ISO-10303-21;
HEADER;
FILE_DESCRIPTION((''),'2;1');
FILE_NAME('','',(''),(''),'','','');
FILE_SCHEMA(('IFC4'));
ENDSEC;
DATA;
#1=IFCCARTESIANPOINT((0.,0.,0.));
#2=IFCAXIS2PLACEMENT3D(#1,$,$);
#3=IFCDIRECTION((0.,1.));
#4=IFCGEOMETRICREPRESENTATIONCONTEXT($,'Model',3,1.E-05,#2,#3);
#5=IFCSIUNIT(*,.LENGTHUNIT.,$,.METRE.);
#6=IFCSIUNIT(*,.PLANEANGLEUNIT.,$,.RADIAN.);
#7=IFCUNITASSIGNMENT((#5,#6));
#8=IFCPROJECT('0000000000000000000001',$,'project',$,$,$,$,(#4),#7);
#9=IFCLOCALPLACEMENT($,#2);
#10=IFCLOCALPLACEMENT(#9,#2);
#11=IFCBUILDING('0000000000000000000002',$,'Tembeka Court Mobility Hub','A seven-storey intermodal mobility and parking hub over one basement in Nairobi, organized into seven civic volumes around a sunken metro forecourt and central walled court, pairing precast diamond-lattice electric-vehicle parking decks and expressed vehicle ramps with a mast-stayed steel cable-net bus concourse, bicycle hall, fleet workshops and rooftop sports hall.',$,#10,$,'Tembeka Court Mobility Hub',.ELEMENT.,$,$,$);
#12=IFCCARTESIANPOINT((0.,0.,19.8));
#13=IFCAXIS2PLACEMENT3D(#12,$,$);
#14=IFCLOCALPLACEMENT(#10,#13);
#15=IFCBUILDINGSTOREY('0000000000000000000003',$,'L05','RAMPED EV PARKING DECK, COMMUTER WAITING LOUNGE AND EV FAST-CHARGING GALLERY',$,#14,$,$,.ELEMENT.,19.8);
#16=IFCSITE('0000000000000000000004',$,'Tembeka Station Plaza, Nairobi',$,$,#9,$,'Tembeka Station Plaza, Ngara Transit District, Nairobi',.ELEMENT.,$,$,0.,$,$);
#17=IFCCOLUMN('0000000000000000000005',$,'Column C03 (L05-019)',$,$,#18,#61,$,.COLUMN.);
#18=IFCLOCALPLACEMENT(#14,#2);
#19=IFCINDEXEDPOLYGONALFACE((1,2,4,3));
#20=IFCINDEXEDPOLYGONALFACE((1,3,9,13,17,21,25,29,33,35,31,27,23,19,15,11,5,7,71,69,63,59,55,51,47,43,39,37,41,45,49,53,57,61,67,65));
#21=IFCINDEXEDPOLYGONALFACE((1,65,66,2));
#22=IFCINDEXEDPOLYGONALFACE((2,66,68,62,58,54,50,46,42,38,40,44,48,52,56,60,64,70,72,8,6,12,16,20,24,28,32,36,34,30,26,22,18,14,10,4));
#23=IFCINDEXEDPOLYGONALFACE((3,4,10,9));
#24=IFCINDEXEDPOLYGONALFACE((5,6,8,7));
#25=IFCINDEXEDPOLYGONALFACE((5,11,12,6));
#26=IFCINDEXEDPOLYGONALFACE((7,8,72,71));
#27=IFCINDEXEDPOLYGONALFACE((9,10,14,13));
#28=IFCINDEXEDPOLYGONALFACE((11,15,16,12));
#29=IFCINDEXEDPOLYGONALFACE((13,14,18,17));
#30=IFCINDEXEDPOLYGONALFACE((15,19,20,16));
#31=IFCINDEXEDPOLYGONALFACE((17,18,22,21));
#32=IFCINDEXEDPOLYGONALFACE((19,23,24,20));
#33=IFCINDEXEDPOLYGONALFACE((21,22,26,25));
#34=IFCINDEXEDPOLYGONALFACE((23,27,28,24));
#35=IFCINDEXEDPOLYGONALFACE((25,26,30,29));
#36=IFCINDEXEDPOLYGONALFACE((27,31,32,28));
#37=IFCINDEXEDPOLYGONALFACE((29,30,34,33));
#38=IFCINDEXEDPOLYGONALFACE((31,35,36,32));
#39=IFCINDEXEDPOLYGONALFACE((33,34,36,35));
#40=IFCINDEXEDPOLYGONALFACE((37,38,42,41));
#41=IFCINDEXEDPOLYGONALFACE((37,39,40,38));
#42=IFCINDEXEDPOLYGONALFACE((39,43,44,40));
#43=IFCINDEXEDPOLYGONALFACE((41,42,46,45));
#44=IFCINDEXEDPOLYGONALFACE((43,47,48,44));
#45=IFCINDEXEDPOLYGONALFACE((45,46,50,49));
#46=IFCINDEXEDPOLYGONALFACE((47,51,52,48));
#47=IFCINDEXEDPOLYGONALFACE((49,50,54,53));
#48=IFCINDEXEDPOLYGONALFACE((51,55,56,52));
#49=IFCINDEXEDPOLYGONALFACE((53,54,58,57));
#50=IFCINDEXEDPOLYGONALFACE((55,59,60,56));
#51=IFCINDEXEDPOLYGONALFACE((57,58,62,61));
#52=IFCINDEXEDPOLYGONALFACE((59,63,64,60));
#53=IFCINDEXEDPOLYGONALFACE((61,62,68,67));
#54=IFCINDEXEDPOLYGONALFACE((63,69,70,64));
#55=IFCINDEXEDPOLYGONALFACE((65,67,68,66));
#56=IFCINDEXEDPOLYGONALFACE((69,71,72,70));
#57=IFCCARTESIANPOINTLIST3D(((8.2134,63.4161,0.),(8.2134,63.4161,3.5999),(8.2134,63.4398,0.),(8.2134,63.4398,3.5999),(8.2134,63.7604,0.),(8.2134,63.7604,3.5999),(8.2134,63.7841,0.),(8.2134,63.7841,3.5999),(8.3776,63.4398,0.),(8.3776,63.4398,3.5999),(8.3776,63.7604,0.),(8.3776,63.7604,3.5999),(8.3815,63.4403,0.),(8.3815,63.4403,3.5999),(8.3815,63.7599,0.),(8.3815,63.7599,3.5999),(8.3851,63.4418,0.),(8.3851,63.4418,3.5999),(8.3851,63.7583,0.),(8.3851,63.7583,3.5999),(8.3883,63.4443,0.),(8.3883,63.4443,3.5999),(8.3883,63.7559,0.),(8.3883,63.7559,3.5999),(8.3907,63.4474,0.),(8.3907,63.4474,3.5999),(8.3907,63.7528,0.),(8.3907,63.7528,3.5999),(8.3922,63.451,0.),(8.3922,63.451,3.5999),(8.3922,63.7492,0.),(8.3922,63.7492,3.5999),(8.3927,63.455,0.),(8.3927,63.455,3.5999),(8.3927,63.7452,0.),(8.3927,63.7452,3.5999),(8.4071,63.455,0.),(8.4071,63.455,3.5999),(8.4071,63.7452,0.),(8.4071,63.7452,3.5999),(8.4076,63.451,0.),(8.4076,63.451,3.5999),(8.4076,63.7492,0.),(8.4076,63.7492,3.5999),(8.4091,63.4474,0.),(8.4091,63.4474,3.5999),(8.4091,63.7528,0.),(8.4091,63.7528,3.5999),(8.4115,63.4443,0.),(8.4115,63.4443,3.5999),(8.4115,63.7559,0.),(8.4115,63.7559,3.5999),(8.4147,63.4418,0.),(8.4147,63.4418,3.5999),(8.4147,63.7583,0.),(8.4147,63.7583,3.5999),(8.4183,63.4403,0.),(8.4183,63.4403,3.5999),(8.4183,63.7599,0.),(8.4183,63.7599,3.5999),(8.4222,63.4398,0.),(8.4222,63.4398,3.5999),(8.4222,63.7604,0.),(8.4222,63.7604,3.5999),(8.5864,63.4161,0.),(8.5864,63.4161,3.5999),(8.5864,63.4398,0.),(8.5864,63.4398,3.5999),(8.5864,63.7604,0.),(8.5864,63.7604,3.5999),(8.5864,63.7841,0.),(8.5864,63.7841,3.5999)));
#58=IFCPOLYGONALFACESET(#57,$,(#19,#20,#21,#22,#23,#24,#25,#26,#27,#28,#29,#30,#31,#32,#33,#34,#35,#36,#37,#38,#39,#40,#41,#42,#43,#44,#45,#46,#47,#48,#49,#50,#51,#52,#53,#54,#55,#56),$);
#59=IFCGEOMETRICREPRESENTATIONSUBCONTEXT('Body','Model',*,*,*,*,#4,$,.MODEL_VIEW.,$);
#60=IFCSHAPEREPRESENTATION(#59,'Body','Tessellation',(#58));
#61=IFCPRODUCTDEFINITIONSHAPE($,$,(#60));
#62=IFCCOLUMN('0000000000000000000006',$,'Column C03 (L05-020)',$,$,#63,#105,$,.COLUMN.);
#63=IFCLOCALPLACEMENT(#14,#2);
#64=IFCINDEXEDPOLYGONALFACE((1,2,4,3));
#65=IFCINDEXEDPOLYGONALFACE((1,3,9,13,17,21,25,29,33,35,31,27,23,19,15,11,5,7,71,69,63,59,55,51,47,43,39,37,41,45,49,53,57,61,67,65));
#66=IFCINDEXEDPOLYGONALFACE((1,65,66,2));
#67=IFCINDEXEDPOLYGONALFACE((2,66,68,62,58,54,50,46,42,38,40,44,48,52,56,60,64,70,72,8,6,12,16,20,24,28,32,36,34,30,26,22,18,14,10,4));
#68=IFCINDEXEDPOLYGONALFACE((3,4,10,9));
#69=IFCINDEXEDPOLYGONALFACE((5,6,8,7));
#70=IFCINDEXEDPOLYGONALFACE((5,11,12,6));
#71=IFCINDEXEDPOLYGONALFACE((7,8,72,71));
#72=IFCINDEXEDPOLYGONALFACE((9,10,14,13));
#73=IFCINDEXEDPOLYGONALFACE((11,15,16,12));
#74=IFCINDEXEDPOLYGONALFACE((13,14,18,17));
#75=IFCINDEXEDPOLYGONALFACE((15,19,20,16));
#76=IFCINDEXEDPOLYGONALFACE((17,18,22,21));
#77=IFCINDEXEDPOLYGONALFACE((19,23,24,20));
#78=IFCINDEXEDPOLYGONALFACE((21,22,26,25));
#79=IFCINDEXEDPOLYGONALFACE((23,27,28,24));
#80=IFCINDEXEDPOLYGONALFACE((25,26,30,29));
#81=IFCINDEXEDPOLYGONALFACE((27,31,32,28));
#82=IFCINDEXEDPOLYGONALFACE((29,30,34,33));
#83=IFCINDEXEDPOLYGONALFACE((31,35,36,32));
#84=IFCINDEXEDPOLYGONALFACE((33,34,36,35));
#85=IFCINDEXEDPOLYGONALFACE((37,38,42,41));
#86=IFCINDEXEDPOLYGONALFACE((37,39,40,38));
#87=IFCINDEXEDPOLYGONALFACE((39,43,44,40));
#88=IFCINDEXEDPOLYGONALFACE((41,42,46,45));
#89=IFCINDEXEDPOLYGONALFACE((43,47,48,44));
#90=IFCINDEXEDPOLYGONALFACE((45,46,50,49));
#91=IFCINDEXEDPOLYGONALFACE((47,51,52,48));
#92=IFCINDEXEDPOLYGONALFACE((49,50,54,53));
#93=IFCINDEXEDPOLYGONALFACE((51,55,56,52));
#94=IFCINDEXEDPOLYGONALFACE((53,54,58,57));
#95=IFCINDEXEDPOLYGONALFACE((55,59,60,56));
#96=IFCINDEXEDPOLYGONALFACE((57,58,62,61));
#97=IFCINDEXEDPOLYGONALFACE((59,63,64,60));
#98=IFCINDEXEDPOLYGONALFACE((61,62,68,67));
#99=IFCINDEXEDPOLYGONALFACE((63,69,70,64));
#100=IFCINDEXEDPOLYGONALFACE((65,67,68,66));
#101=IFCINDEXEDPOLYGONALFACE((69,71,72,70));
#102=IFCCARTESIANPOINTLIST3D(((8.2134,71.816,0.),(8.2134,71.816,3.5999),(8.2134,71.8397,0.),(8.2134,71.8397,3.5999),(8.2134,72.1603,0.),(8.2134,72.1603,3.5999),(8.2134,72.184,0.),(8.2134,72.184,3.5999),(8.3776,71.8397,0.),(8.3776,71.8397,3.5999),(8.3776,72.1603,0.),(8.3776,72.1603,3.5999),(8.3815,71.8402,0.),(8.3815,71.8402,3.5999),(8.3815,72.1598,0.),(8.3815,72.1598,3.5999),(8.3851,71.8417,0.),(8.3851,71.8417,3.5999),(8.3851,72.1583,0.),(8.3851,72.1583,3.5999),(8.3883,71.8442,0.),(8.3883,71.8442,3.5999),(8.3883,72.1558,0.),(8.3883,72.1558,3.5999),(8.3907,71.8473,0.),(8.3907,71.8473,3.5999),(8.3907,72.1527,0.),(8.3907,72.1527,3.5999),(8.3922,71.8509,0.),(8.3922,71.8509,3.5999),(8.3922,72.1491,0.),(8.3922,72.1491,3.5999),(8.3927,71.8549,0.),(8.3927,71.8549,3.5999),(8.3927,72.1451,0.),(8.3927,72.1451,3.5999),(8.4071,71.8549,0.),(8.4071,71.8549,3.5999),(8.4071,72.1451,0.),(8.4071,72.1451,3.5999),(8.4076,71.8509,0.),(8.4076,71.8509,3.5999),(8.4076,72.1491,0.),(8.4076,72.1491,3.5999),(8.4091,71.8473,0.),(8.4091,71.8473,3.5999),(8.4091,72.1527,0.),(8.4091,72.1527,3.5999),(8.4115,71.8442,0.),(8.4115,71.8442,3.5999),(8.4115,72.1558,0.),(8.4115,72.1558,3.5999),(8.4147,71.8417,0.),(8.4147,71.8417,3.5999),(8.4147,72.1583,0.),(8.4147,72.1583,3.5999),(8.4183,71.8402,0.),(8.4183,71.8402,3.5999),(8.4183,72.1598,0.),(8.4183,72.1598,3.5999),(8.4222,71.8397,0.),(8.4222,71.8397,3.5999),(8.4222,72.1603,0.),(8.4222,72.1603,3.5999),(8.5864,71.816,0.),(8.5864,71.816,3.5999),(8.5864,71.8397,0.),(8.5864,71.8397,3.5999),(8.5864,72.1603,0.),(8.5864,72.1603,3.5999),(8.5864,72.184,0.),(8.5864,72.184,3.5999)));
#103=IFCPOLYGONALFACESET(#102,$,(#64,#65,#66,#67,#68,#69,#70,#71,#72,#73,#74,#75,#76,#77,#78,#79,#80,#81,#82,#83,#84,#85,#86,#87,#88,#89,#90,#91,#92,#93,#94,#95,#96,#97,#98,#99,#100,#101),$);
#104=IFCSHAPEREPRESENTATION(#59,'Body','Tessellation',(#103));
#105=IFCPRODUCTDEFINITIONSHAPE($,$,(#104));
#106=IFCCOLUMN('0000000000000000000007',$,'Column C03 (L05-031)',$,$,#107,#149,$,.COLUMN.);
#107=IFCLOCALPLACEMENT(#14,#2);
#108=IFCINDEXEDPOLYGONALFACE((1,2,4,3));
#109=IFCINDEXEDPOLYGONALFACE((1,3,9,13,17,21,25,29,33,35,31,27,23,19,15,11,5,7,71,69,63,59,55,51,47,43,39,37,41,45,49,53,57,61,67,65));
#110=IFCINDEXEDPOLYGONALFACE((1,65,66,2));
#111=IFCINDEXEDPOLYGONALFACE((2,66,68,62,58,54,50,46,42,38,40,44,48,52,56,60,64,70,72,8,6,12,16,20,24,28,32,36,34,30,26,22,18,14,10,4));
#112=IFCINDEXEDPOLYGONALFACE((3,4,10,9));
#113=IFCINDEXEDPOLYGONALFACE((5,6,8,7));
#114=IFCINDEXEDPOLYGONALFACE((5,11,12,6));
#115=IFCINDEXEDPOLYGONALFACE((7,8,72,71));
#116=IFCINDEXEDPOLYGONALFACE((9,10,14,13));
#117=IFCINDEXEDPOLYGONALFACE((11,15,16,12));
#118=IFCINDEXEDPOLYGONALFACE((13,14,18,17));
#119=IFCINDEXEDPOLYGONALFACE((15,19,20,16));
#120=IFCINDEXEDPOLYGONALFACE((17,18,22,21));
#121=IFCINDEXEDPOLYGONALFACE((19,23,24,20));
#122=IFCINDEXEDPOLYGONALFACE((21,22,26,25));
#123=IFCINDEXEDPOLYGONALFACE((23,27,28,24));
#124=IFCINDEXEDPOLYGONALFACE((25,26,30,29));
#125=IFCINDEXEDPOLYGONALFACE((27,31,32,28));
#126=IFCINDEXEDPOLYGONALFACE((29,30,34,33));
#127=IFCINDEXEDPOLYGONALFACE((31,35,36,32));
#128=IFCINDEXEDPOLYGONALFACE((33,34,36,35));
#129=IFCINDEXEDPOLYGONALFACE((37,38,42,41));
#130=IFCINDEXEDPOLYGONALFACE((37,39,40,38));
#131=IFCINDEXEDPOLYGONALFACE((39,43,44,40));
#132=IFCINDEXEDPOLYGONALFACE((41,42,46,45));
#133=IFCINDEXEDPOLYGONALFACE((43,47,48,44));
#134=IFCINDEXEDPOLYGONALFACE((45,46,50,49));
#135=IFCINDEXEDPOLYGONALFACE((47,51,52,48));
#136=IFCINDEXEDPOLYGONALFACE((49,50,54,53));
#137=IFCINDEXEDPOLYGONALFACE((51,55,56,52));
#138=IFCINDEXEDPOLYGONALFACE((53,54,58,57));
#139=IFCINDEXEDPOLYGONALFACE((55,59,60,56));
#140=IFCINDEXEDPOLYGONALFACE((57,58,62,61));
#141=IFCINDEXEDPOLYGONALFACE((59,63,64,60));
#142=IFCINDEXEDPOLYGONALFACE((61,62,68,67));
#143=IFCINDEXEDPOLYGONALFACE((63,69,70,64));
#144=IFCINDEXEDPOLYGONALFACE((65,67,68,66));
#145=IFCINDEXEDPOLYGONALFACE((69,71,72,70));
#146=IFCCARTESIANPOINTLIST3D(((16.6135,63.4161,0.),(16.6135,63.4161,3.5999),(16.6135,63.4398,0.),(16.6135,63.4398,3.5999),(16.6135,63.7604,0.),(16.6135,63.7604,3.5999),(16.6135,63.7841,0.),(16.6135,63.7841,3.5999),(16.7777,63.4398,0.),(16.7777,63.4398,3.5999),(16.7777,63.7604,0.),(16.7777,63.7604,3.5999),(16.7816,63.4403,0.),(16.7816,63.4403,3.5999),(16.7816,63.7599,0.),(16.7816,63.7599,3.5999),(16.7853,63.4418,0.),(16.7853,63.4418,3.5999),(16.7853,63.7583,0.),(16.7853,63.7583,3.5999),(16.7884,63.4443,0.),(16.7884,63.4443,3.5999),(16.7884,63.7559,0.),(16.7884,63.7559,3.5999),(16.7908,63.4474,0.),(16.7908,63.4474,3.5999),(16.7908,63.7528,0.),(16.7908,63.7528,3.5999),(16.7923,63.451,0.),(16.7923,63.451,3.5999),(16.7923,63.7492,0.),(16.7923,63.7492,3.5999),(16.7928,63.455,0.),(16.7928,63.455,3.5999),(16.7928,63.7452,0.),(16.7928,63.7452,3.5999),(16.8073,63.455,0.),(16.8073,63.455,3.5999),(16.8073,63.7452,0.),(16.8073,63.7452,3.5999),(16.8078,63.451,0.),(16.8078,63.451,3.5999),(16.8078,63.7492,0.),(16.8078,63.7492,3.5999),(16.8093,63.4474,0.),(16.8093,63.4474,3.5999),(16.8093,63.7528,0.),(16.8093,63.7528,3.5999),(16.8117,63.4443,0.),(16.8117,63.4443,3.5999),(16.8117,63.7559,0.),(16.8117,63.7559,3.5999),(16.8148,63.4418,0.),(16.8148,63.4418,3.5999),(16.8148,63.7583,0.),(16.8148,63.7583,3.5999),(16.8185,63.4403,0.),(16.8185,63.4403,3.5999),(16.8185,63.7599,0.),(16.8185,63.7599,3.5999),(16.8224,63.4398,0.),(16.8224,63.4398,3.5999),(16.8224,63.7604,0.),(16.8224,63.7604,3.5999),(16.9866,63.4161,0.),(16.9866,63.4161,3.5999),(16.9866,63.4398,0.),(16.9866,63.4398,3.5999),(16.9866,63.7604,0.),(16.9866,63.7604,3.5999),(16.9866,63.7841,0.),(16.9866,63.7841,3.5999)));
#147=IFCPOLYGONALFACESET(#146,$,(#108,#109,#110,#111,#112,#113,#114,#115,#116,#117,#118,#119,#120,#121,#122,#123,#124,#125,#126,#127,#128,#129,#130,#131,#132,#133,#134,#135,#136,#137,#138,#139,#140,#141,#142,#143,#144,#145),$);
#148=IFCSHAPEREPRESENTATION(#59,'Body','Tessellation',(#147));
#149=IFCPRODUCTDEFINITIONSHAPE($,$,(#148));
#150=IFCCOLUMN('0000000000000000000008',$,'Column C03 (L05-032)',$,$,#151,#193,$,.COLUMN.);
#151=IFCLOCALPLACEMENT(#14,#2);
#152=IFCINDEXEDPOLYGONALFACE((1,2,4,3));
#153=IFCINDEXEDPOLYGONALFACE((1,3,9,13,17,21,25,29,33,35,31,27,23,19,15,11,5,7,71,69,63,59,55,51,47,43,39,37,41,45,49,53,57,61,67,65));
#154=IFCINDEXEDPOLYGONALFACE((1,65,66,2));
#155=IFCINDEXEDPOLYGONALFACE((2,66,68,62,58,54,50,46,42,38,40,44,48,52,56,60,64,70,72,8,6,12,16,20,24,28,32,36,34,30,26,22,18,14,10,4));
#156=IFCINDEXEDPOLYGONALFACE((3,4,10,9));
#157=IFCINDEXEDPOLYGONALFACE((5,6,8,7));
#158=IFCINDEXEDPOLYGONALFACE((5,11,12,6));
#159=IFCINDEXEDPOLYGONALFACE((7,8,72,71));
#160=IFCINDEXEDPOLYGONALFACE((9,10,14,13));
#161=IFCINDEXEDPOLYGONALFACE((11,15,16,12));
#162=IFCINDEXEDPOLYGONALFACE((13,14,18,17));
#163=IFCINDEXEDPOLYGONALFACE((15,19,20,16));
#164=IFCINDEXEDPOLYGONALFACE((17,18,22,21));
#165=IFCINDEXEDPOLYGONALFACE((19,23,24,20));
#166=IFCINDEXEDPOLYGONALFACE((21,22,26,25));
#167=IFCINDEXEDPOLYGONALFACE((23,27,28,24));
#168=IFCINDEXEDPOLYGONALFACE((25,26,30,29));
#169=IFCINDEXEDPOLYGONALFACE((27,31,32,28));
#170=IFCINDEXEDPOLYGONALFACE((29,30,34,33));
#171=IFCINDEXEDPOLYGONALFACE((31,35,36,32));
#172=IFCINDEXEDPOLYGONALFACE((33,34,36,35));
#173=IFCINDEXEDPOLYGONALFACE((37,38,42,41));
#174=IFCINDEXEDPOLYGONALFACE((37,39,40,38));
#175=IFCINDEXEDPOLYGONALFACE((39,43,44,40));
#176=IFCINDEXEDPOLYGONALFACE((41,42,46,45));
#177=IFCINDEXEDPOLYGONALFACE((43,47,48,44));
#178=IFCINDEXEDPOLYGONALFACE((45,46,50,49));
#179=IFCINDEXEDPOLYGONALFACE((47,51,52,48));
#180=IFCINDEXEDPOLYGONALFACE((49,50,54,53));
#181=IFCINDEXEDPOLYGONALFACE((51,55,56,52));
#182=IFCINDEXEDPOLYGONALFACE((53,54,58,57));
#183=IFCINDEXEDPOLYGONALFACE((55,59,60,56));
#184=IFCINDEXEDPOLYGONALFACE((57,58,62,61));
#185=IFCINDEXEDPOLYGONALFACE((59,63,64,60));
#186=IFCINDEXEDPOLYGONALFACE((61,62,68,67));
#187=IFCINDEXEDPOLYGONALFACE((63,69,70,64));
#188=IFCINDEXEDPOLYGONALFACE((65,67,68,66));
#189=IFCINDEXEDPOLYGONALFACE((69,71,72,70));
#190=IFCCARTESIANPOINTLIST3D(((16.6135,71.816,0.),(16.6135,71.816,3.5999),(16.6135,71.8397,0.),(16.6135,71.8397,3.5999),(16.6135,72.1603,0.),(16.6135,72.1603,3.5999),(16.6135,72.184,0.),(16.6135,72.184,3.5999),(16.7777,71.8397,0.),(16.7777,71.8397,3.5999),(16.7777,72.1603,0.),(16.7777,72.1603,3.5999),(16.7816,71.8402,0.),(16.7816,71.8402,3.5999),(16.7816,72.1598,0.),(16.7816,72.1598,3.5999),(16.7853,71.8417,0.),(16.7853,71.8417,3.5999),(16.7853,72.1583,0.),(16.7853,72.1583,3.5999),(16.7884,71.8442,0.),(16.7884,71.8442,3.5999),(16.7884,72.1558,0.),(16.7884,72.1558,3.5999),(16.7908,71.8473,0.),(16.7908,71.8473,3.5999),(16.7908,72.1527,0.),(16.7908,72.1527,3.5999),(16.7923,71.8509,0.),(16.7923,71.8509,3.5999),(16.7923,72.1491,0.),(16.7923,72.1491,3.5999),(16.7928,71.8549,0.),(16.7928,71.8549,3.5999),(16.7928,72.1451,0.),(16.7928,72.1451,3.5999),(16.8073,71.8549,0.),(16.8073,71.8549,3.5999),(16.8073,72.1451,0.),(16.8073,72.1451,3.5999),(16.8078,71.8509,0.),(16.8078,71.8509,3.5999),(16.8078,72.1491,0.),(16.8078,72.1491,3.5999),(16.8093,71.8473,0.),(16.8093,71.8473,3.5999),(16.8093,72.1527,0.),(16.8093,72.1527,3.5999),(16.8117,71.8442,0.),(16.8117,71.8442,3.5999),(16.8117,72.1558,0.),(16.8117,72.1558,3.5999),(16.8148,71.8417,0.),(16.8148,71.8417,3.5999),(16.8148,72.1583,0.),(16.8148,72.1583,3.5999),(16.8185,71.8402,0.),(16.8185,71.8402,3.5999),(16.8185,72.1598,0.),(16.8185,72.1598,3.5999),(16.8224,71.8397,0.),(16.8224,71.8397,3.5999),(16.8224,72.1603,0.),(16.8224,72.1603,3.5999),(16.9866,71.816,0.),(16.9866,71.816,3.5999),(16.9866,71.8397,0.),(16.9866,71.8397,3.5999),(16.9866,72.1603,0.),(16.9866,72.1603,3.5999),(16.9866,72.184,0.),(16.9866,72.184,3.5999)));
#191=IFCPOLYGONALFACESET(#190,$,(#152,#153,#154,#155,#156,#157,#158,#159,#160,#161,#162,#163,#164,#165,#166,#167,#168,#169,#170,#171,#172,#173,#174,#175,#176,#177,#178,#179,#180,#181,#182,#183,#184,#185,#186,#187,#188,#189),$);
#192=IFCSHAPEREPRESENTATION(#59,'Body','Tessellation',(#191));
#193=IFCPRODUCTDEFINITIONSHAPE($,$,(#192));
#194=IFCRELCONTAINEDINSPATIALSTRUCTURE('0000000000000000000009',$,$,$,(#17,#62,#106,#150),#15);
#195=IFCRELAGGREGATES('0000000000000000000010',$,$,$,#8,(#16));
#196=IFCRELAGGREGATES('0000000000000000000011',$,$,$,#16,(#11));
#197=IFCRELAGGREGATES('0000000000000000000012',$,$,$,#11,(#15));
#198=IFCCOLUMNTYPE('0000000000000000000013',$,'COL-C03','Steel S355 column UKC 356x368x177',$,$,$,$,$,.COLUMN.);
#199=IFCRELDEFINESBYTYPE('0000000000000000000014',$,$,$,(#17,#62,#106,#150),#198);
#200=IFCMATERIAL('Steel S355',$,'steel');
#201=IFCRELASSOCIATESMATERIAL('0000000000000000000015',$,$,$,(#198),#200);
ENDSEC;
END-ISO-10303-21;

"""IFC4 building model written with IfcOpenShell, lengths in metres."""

from ifc_helpers import new_model, si_unit, direction, frame, origin, origin_2d, place, context, subcontext, project, spatial, i_section, extrude, material, material_profile, profile_set, type_object, element, save


model = new_model("IFC4")

# Units and contexts
model_context = context("Model", 3, precision=1e-05, world=origin(), true_north=direction((0.0, 1.0)))
body_context = subcontext(model_context, "Body", "Model", "MODEL_VIEW")
ifc_project = project(units=[si_unit("LENGTHUNIT", "METRE"), si_unit("PLANEANGLEUNIT", "RADIAN")], contexts=[model_context])

# Site, building, storey
site_placement = place(None, origin())
site = spatial("IfcSite", under=ifc_project, at=site_placement, Name="Tembeka Station Plaza, Nairobi", LongName="Tembeka Station Plaza, Ngara Transit District, Nairobi", CompositionType="ELEMENT", RefElevation=0.0)
building_placement = place(site_placement, origin())
building = spatial("IfcBuilding", under=site, at=building_placement, Name="Tembeka Court Mobility Hub", Description="A seven-storey intermodal mobility and parking hub over one basement in Nairobi, organized into seven civic volumes around a sunken metro forecourt and central walled court, pairing precast diamond-lattice electric-vehicle parking decks and expressed vehicle ramps with a mast-stayed steel cable-net bus concourse, bicycle hall, fleet workshops and rooftop sports hall.", LongName="Tembeka Court Mobility Hub", CompositionType="ELEMENT")
storey_placement = place(building_placement, frame((0.0, 0.0, 19.8)))
storey = spatial("IfcBuildingStorey", under=building, at=storey_placement, Name="L05", Description="RAMPED EV PARKING DECK, COMMUTER WAITING LOUNGE AND EV FAST-CHARGING GALLERY", CompositionType="ELEMENT", Elevation=19.8)

# Columns
ifc_material_1 = material(Name="Steel S355", Category="steel")
ifc_material_profile_1 = material_profile(ifc_material_1, i_section(OverallWidth=0.373, OverallDepth=0.3679, WebThickness=0.0144, FlangeThickness=0.0237, FilletRadius=0.0151, at=origin_2d()), Name="UKC 356x368x177")
ifc_profile_set_1 = profile_set([ifc_material_profile_1], Name="Steel S355")
column_type = type_object("IfcColumnType", Name="COL-C03", Description="Steel S355 column UKC 356x368x177", PredefinedType="COLUMN", material=ifc_profile_set_1)
for number, where, z_axis, x_axis, name in (
    (1, (8.3999, 63.6001, 0.0), (0.0, 0.0, 1.0), (1.0, 0.0, 0.0), "Column C03 (L05-019)"),
    (2, (8.3999, 72.0, 0.0), (0.0, 0.0, 1.0), (1.0, 0.0, 0.0), "Column C03 (L05-020)"),
    (3, (16.8, 63.6001, 0.0), (0.0, 0.0, 1.0), (1.0, 0.0, 0.0), "Column C03 (L05-031)"),
    (4, (16.8, 72.0, 0.0), (0.0, 0.0, 1.0), (1.0, 0.0, 0.0), "Column C03 (L05-032)"),
):
    element("IfcColumn", number, at=place(storey_placement, frame(where, z_axis=z_axis, x_axis=x_axis)), inside=storey, type_object=column_type, Name=name, PredefinedType="COLUMN", context=body_context, shape_type="SweptSolid", body=[
        extrude(i_section(OverallWidth=0.373, OverallDepth=0.3679, WebThickness=0.0144, FlangeThickness=0.0237, FilletRadius=0.0151, at=origin_2d()), origin(), (0.0, 0.0, 1.0), 3.5999),
    ])

save(model, "model.ifc")
